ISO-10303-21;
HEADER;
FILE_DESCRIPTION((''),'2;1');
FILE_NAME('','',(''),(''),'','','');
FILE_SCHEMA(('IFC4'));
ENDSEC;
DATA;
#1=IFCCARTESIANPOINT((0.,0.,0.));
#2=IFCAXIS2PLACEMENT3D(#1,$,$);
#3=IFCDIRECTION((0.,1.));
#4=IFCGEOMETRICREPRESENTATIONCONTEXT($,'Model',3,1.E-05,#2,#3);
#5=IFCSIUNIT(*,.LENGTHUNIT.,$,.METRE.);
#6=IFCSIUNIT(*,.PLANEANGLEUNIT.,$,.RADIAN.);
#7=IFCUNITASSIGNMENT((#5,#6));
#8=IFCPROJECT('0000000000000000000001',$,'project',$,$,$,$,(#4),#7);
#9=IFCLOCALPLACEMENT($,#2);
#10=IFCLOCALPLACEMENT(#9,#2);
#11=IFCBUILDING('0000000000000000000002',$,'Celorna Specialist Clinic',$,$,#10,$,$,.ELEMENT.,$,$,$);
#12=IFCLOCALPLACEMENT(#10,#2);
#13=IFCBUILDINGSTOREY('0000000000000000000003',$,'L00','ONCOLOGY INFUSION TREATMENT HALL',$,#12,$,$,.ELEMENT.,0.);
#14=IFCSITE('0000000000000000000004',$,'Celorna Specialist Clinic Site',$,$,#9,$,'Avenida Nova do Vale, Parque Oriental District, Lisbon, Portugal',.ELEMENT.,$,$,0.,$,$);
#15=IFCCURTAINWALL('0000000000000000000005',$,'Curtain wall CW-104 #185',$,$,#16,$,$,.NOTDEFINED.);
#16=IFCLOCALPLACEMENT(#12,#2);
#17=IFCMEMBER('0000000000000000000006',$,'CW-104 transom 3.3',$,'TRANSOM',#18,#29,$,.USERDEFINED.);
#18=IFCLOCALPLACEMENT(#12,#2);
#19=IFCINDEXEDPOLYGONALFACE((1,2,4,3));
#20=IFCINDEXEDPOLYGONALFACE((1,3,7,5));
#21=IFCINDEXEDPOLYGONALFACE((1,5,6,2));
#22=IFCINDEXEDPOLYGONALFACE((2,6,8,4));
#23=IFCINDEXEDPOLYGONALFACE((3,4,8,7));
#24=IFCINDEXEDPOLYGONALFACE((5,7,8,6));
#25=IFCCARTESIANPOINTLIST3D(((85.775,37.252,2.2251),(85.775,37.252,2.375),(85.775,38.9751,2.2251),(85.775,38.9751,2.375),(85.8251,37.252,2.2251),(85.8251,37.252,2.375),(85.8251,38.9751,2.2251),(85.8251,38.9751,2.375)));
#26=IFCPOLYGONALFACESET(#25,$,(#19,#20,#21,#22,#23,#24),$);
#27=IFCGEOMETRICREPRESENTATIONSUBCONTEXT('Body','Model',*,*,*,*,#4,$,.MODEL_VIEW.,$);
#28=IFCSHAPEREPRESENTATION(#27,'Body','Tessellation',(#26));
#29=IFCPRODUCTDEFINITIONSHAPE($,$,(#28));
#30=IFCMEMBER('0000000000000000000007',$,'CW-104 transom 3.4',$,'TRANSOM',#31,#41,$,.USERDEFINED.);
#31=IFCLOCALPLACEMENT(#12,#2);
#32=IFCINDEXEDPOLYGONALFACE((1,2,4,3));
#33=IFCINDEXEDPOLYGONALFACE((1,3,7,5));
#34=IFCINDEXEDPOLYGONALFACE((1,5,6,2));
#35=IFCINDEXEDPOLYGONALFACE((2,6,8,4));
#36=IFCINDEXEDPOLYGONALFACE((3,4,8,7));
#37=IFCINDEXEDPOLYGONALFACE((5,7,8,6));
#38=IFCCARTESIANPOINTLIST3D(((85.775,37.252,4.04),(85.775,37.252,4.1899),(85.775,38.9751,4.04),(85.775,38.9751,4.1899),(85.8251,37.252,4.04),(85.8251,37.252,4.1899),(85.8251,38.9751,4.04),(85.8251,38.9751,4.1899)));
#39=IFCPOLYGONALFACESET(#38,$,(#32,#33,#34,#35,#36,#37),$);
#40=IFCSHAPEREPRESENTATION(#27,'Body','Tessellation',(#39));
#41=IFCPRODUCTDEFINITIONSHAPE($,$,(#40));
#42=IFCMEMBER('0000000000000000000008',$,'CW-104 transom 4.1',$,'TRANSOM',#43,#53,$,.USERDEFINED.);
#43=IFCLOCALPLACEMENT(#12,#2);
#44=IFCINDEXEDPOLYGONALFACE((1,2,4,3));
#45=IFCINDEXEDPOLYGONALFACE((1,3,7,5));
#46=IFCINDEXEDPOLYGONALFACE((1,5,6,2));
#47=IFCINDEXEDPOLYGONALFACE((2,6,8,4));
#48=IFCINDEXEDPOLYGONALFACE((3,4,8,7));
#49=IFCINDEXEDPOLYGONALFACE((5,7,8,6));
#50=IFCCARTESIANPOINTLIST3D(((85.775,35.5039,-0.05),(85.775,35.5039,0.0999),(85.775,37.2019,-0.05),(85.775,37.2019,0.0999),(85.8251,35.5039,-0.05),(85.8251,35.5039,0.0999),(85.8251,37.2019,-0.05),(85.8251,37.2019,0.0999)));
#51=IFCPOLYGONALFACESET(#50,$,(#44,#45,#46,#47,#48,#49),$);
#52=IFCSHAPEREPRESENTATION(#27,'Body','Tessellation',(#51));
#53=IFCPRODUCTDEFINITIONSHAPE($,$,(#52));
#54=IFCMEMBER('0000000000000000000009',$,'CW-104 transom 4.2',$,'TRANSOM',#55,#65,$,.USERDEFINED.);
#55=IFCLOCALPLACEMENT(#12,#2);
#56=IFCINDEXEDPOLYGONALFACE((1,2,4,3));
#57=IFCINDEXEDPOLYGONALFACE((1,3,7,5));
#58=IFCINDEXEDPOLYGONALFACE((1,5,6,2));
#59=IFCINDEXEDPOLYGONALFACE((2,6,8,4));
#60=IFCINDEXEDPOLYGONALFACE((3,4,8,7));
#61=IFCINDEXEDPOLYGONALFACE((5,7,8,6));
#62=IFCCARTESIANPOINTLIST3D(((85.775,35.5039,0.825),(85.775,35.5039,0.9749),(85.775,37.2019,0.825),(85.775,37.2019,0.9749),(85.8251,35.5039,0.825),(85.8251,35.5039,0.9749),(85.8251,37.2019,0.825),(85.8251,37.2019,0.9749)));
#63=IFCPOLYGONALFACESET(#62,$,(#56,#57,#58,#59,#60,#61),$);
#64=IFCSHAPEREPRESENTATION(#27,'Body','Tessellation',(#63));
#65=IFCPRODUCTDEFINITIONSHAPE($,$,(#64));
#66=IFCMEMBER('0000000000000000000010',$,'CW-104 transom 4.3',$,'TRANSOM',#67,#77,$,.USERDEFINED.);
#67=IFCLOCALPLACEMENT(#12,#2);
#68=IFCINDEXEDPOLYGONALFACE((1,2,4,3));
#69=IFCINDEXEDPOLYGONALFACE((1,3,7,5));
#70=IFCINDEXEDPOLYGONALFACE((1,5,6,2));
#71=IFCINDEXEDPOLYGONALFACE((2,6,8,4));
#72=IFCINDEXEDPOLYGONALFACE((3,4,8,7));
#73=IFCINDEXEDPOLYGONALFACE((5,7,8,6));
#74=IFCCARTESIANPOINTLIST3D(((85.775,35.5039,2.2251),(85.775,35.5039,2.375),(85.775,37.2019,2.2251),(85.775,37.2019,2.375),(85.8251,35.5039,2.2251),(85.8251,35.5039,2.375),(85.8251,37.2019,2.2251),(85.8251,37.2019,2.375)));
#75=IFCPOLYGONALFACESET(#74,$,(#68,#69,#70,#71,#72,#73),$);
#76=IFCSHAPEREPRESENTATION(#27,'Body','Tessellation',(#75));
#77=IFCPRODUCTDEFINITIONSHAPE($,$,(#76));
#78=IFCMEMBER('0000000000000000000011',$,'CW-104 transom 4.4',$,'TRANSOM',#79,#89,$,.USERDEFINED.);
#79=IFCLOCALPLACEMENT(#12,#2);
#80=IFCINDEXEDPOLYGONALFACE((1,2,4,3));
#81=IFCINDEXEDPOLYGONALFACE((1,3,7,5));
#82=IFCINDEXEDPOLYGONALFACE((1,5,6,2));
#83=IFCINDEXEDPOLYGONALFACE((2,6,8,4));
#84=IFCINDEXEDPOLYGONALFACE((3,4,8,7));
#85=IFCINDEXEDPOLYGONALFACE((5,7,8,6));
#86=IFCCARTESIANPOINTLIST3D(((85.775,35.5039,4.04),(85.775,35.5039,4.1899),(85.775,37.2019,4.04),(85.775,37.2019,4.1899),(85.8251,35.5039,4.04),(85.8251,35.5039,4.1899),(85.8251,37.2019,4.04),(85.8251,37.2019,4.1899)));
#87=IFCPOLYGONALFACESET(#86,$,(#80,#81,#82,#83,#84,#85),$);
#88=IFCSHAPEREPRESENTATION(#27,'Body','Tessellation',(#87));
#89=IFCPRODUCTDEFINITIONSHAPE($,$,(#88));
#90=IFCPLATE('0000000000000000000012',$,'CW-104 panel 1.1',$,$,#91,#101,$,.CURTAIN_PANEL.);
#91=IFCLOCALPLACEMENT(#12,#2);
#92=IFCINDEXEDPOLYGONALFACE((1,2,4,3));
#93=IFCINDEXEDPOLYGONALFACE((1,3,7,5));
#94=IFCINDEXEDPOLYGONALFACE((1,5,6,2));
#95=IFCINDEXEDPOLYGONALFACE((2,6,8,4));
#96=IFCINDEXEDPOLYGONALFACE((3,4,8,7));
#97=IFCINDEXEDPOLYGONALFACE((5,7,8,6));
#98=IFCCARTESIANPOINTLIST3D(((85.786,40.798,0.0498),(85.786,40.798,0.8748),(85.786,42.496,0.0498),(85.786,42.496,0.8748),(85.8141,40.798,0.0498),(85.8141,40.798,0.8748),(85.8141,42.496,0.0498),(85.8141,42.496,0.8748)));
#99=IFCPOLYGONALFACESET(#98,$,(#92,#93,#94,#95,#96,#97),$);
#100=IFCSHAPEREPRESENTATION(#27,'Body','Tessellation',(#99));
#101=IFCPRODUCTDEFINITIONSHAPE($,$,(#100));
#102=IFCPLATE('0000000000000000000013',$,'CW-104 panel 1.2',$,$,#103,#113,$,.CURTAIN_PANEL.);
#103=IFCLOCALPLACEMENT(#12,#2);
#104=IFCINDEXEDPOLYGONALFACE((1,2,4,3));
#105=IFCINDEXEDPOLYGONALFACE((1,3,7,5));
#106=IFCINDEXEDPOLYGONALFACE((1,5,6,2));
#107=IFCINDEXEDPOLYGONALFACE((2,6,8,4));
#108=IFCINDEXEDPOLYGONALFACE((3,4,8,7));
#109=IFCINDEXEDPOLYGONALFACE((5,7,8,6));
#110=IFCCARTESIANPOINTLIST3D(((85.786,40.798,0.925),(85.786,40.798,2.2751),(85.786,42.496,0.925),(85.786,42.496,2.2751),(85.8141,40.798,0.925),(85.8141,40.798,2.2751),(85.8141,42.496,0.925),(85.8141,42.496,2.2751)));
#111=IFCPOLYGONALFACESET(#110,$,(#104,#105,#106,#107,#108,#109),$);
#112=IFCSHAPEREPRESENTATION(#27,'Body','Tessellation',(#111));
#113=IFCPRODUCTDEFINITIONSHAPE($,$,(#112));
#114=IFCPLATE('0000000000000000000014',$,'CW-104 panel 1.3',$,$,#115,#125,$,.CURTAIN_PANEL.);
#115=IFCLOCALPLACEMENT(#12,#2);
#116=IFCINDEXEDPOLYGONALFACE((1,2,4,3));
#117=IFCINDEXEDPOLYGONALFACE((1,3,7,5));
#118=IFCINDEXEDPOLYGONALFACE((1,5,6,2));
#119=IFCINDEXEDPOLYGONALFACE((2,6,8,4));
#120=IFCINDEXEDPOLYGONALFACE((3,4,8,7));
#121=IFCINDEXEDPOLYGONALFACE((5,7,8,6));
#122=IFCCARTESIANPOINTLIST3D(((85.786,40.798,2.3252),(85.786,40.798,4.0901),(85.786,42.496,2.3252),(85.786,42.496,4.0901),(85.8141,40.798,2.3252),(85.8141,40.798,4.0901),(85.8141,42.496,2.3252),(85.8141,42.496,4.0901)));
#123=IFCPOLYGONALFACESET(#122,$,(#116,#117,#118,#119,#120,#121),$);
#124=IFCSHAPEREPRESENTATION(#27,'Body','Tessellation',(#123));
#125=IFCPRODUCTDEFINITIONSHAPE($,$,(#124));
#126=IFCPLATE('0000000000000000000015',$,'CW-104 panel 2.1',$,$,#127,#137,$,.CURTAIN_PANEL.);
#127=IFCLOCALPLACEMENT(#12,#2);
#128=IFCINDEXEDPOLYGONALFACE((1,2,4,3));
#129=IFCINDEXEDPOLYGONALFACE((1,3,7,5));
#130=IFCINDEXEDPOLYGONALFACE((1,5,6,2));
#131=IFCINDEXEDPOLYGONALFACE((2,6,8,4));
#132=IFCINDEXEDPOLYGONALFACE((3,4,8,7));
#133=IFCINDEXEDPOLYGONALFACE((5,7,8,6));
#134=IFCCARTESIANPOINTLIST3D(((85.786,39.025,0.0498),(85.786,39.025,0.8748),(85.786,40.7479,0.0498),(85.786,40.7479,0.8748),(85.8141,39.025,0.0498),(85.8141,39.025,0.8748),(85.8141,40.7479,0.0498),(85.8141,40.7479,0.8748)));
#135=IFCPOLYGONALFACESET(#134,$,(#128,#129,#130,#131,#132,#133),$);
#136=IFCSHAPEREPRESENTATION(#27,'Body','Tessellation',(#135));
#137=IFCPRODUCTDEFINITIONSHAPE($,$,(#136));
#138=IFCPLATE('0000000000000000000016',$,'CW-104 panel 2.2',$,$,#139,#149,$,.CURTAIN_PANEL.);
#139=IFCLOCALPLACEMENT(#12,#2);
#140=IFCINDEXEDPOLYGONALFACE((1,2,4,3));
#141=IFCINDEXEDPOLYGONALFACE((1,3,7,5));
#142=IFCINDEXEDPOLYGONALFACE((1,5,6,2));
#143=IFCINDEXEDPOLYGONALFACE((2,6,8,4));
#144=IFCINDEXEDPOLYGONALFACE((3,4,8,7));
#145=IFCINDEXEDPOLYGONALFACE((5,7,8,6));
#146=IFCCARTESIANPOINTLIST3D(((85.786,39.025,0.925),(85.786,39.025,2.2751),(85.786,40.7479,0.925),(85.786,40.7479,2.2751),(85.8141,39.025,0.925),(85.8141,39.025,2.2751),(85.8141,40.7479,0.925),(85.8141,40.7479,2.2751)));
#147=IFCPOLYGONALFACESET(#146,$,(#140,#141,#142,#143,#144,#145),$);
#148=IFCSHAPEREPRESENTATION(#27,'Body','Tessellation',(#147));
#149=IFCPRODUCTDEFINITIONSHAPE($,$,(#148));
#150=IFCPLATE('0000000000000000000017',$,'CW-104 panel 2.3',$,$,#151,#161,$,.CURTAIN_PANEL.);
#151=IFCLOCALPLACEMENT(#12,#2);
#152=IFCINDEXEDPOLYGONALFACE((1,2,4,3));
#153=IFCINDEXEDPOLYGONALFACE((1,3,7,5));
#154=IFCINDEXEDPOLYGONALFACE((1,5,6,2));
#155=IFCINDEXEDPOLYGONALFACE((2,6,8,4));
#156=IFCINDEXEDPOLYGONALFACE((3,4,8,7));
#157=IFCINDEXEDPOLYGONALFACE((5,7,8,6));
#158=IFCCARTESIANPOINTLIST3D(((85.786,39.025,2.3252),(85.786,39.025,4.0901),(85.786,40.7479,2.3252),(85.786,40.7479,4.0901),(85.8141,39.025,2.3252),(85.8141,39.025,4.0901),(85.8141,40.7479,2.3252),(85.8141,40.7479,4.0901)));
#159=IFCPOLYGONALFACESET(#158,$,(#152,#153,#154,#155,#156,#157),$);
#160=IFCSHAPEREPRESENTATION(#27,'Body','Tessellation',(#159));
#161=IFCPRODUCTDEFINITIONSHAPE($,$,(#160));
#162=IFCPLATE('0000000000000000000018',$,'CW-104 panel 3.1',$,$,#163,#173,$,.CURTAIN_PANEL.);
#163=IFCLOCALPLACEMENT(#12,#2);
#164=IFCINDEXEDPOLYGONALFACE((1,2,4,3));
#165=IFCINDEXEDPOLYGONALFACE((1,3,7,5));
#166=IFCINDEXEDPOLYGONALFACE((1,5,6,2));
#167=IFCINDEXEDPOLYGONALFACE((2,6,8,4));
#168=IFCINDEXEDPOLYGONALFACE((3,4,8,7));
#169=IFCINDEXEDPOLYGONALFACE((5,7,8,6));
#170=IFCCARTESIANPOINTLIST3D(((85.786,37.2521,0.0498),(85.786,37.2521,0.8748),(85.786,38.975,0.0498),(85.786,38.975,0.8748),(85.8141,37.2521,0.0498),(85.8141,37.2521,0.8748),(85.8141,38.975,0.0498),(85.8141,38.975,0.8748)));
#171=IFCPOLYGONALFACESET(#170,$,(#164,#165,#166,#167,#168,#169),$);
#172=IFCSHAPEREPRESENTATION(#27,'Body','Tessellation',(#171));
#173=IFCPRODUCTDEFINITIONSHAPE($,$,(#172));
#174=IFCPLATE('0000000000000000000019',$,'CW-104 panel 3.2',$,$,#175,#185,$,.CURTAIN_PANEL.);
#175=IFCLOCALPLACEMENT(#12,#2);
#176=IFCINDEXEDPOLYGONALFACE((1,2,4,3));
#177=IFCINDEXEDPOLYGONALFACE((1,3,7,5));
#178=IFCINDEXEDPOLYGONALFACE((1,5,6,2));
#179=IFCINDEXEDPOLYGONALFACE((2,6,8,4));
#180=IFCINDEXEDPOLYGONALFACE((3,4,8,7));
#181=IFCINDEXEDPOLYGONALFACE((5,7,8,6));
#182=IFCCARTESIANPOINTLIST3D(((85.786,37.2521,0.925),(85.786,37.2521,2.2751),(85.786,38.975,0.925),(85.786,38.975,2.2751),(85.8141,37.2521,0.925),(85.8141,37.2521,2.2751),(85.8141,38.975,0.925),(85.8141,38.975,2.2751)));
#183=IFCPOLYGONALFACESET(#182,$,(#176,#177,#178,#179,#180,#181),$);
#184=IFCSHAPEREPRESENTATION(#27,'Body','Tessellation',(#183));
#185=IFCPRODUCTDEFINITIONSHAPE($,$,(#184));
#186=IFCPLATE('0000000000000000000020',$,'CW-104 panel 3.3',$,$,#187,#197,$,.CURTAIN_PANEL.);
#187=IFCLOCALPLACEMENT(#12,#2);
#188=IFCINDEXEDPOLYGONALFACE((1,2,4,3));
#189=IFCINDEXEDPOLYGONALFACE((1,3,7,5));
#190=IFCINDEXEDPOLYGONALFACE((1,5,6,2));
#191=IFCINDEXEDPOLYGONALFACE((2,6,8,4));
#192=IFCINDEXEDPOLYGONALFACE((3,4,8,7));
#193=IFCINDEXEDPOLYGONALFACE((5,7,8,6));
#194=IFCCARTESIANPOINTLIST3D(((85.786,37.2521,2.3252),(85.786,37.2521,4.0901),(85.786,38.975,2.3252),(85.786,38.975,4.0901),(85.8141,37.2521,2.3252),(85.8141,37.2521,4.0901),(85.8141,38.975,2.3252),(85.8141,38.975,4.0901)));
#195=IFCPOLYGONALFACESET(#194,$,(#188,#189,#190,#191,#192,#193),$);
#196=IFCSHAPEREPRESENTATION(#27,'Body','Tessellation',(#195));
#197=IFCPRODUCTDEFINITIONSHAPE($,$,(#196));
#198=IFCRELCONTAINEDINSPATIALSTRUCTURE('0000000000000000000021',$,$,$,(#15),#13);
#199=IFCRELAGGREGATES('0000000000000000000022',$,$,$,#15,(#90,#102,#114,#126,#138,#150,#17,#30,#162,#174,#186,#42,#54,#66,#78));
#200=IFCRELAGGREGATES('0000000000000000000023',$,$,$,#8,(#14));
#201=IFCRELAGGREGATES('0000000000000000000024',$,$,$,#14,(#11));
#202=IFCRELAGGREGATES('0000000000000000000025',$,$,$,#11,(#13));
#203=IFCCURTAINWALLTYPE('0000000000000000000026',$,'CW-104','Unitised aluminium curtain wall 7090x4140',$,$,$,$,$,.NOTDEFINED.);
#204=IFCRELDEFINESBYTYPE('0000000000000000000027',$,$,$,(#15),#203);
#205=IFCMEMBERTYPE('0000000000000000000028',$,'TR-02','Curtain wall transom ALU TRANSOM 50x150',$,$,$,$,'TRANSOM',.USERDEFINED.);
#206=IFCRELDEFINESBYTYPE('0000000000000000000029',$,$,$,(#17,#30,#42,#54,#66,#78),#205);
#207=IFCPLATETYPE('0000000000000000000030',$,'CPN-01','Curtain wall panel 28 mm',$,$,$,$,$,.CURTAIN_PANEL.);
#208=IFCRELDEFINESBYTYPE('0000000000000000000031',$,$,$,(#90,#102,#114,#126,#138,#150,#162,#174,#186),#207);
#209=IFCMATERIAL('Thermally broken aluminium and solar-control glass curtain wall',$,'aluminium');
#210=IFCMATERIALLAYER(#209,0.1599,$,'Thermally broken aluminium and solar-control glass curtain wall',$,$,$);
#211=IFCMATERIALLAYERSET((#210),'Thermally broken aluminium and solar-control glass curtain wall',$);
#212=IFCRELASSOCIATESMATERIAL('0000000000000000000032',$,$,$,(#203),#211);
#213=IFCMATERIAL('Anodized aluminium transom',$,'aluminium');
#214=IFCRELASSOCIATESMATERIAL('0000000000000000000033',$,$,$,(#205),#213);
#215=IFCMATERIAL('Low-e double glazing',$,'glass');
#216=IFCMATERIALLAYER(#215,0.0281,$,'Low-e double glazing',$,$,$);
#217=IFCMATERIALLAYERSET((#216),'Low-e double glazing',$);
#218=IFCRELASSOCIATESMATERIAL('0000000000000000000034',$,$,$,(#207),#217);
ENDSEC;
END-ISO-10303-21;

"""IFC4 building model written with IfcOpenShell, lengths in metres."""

from ifc_helpers import new_model, si_unit, direction, frame, origin, origin_2d, place, context, subcontext, project, spatial, rectangle, extrude, material, layer, layer_set, material_profile, profile_set, type_object, element, aggregate, save


model = new_model("IFC4")

# Units and contexts
model_context = context("Model", 3, precision=1e-05, world=origin(), true_north=direction((0.0, 1.0)))
body_context = subcontext(model_context, "Body", "Model", "MODEL_VIEW")
ifc_project = project(units=[si_unit("LENGTHUNIT", "METRE"), si_unit("PLANEANGLEUNIT", "RADIAN")], contexts=[model_context])

# Site, building, storey
site_placement = place(None, origin())
site = spatial("IfcSite", under=ifc_project, at=site_placement, Name="Celorna Specialist Clinic Site", LongName="Avenida Nova do Vale, Parque Oriental District, Lisbon, Portugal", CompositionType="ELEMENT", RefElevation=0.0)
building_placement = place(site_placement, origin())
building = spatial("IfcBuilding", under=site, at=building_placement, Name="Celorna Specialist Clinic", CompositionType="ELEMENT")
storey_placement = place(building_placement, origin())
storey = spatial("IfcBuildingStorey", under=building, at=storey_placement, Name="L00", Description="ONCOLOGY INFUSION TREATMENT HALL", CompositionType="ELEMENT", Elevation=0.0)

# Curtain wall, members, plates
ifc_material_1 = material(Name="Thermally broken aluminium and solar-control glass curtain wall", Category="aluminium")
ifc_layer_1 = layer(ifc_material_1, 0.1599, Name="Thermally broken aluminium and solar-control glass curtain wall")
ifc_layer_set_1 = layer_set([ifc_layer_1], Name="Thermally broken aluminium and solar-control glass curtain wall")
curtain_wall_type = type_object("IfcCurtainWallType", Name="CW-104", Description="Unitised aluminium curtain wall 7090x4140", PredefinedType="NOTDEFINED", material=ifc_layer_set_1)
curtain_wall_placement = place(storey_placement, origin())
curtain_wall = element("IfcCurtainWall", 1, at=curtain_wall_placement, inside=storey, type_object=curtain_wall_type, Name="Curtain wall CW-104 #185", PredefinedType="NOTDEFINED")
ifc_material_2 = material(Name="Anodized aluminium transom", Category="aluminium")
ifc_material_profile_1 = material_profile(ifc_material_2, rectangle(XDim=0.05, YDim=0.1499, at=origin_2d()), Name="ALU TRANSOM 50x150")
ifc_profile_set_1 = profile_set([ifc_material_profile_1], Name="Anodized aluminium transom")
member_type_1 = type_object("IfcMemberType", Name="TR-02", Description="Curtain wall transom ALU TRANSOM 50x150", ElementType="TRANSOM", PredefinedType="USERDEFINED", material=ifc_profile_set_1)
member_1_placement = place(storey_placement, frame((85.8, 38.9751, 2.3), z_axis=(0.0, -1.0, 0.0), x_axis=(1.0, 0.0, 0.0)))
member_1 = element("IfcMember", 2, at=member_1_placement, type_object=member_type_1, Name="CW-104 transom 3.3", ObjectType="TRANSOM", PredefinedType="USERDEFINED", context=body_context, shape_type="SweptSolid", body=[
    extrude(rectangle(XDim=0.05, YDim=0.1499, at=origin_2d()), origin(), (0.0, 0.0, 1.0), 1.7231),
])
member_2_placement = place(storey_placement, frame((85.8, 38.9751, 4.115), z_axis=(0.0, -1.0, 0.0), x_axis=(1.0, 0.0, 0.0)))
member_2 = element("IfcMember", 3, at=member_2_placement, type_object=member_type_1, Name="CW-104 transom 3.4", ObjectType="TRANSOM", PredefinedType="USERDEFINED", context=body_context, shape_type="SweptSolid", body=[
    extrude(rectangle(XDim=0.05, YDim=0.1499, at=origin_2d()), origin(), (0.0, 0.0, 1.0), 1.7231),
])
member_3_placement = place(storey_placement, frame((85.8, 37.2019, 0.0249), z_axis=(0.0, -1.0, 0.0), x_axis=(1.0, 0.0, 0.0)))
member_3 = element("IfcMember", 4, at=member_3_placement, type_object=member_type_1, Name="CW-104 transom 4.1", ObjectType="TRANSOM", PredefinedType="USERDEFINED", context=body_context, shape_type="SweptSolid", body=[
    extrude(rectangle(XDim=0.05, YDim=0.1499, at=origin_2d()), origin(), (0.0, 0.0, 1.0), 1.698),
])
member_4_placement = place(storey_placement, frame((85.8, 37.2019, 0.8999), z_axis=(0.0, -1.0, 0.0), x_axis=(1.0, 0.0, 0.0)))
member_4 = element("IfcMember", 5, at=member_4_placement, type_object=member_type_1, Name="CW-104 transom 4.2", ObjectType="TRANSOM", PredefinedType="USERDEFINED", context=body_context, shape_type="SweptSolid", body=[
    extrude(rectangle(XDim=0.05, YDim=0.1499, at=origin_2d()), origin(), (0.0, 0.0, 1.0), 1.698),
])
member_5_placement = place(storey_placement, frame((85.8, 37.2019, 2.3), z_axis=(0.0, -1.0, 0.0), x_axis=(1.0, 0.0, 0.0)))
member_5 = element("IfcMember", 6, at=member_5_placement, type_object=member_type_1, Name="CW-104 transom 4.3", ObjectType="TRANSOM", PredefinedType="USERDEFINED", context=body_context, shape_type="SweptSolid", body=[
    extrude(rectangle(XDim=0.05, YDim=0.1499, at=origin_2d()), origin(), (0.0, 0.0, 1.0), 1.698),
])
member_6_placement = place(storey_placement, frame((85.8, 37.2019, 4.115), z_axis=(0.0, -1.0, 0.0), x_axis=(1.0, 0.0, 0.0)))
member_6 = element("IfcMember", 7, at=member_6_placement, type_object=member_type_1, Name="CW-104 transom 4.4", ObjectType="TRANSOM", PredefinedType="USERDEFINED", context=body_context, shape_type="SweptSolid", body=[
    extrude(rectangle(XDim=0.05, YDim=0.1499, at=origin_2d()), origin(), (0.0, 0.0, 1.0), 1.698),
])
ifc_material_3 = material(Name="Low-e double glazing", Category="glass")
ifc_layer_2 = layer(ifc_material_3, 0.0281, Name="Low-e double glazing")
ifc_layer_set_2 = layer_set([ifc_layer_2], Name="Low-e double glazing")
plate_type = type_object("IfcPlateType", Name="CPN-01", Description="Curtain wall panel 28 mm", PredefinedType="CURTAIN_PANEL", material=ifc_layer_set_2)
plate_1_placement = place(storey_placement, frame((85.8, 41.647, 0.0498), z_axis=(0.0, 0.0, 1.0), x_axis=(0.0, -1.0, 0.0)))
plate_1 = element("IfcPlate", 8, at=plate_1_placement, type_object=plate_type, Name="CW-104 panel 1.1", PredefinedType="CURTAIN_PANEL", context=body_context, shape_type="SweptSolid", body=[
    extrude(rectangle(XDim=1.698, YDim=0.0281, at=origin_2d()), origin(), (0.0, 0.0, 1.0), 0.825),
])
plate_2_placement = place(storey_placement, frame((85.8, 41.647, 0.925), z_axis=(0.0, 0.0, 1.0), x_axis=(0.0, -1.0, 0.0)))
plate_2 = element("IfcPlate", 9, at=plate_2_placement, type_object=plate_type, Name="CW-104 panel 1.2", PredefinedType="CURTAIN_PANEL", context=body_context, shape_type="SweptSolid", body=[
    extrude(rectangle(XDim=1.698, YDim=0.0281, at=origin_2d()), origin(), (0.0, 0.0, 1.0), 1.3501),
])
plate_3_placement = place(storey_placement, frame((85.8, 41.647, 2.3252), z_axis=(0.0, 0.0, 1.0), x_axis=(0.0, -1.0, 0.0)))
plate_3 = element("IfcPlate", 10, at=plate_3_placement, type_object=plate_type, Name="CW-104 panel 1.3", PredefinedType="CURTAIN_PANEL", context=body_context, shape_type="SweptSolid", body=[
    extrude(rectangle(XDim=1.698, YDim=0.0281, at=origin_2d()), origin(), (0.0, 0.0, 1.0), 1.7649),
])
plate_4_placement = place(storey_placement, frame((85.8, 39.8865, 0.0498), z_axis=(0.0, 0.0, 1.0), x_axis=(0.0, -1.0, 0.0)))
plate_4 = element("IfcPlate", 11, at=plate_4_placement, type_object=plate_type, Name="CW-104 panel 2.1", PredefinedType="CURTAIN_PANEL", context=body_context, shape_type="SweptSolid", body=[
    extrude(rectangle(XDim=1.7229, YDim=0.0281, at=origin_2d()), origin(), (0.0, 0.0, 1.0), 0.825),
])
plate_5_placement = place(storey_placement, frame((85.8, 39.8865, 0.925), z_axis=(0.0, 0.0, 1.0), x_axis=(0.0, -1.0, 0.0)))
plate_5 = element("IfcPlate", 12, at=plate_5_placement, type_object=plate_type, Name="CW-104 panel 2.2", PredefinedType="CURTAIN_PANEL", context=body_context, shape_type="SweptSolid", body=[
    extrude(rectangle(XDim=1.7229, YDim=0.0281, at=origin_2d()), origin(), (0.0, 0.0, 1.0), 1.3501),
])
plate_6_placement = place(storey_placement, frame((85.8, 39.8865, 2.3252), z_axis=(0.0, 0.0, 1.0), x_axis=(0.0, -1.0, 0.0)))
plate_6 = element("IfcPlate", 13, at=plate_6_placement, type_object=plate_type, Name="CW-104 panel 2.3", PredefinedType="CURTAIN_PANEL", context=body_context, shape_type="SweptSolid", body=[
    extrude(rectangle(XDim=1.7229, YDim=0.0281, at=origin_2d()), origin(), (0.0, 0.0, 1.0), 1.7649),
])
plate_7_placement = place(storey_placement, frame((85.8, 38.1135, 0.0498), z_axis=(0.0, 0.0, 1.0), x_axis=(0.0, -1.0, 0.0)))
plate_7 = element("IfcPlate", 14, at=plate_7_placement, type_object=plate_type, Name="CW-104 panel 3.1", PredefinedType="CURTAIN_PANEL", context=body_context, shape_type="SweptSolid", body=[
    extrude(rectangle(XDim=1.7229, YDim=0.0281, at=origin_2d()), origin(), (0.0, 0.0, 1.0), 0.825),
])
plate_8_placement = place(storey_placement, frame((85.8, 38.1135, 0.925), z_axis=(0.0, 0.0, 1.0), x_axis=(0.0, -1.0, 0.0)))
plate_8 = element("IfcPlate", 15, at=plate_8_placement, type_object=plate_type, Name="CW-104 panel 3.2", PredefinedType="CURTAIN_PANEL", context=body_context, shape_type="SweptSolid", body=[
    extrude(rectangle(XDim=1.7229, YDim=0.0281, at=origin_2d()), origin(), (0.0, 0.0, 1.0), 1.3501),
])
plate_9_placement = place(storey_placement, frame((85.8, 38.1135, 2.3252), z_axis=(0.0, 0.0, 1.0), x_axis=(0.0, -1.0, 0.0)))
plate_9 = element("IfcPlate", 16, at=plate_9_placement, type_object=plate_type, Name="CW-104 panel 3.3", PredefinedType="CURTAIN_PANEL", context=body_context, shape_type="SweptSolid", body=[
    extrude(rectangle(XDim=1.7229, YDim=0.0281, at=origin_2d()), origin(), (0.0, 0.0, 1.0), 1.7649),
])
aggregate(curtain_wall, [plate_1, plate_2, plate_3, plate_4, plate_5, plate_6, member_1, member_2, plate_7, plate_8, plate_9, member_3, member_4, member_5, member_6])

save(model, "model.ifc")
